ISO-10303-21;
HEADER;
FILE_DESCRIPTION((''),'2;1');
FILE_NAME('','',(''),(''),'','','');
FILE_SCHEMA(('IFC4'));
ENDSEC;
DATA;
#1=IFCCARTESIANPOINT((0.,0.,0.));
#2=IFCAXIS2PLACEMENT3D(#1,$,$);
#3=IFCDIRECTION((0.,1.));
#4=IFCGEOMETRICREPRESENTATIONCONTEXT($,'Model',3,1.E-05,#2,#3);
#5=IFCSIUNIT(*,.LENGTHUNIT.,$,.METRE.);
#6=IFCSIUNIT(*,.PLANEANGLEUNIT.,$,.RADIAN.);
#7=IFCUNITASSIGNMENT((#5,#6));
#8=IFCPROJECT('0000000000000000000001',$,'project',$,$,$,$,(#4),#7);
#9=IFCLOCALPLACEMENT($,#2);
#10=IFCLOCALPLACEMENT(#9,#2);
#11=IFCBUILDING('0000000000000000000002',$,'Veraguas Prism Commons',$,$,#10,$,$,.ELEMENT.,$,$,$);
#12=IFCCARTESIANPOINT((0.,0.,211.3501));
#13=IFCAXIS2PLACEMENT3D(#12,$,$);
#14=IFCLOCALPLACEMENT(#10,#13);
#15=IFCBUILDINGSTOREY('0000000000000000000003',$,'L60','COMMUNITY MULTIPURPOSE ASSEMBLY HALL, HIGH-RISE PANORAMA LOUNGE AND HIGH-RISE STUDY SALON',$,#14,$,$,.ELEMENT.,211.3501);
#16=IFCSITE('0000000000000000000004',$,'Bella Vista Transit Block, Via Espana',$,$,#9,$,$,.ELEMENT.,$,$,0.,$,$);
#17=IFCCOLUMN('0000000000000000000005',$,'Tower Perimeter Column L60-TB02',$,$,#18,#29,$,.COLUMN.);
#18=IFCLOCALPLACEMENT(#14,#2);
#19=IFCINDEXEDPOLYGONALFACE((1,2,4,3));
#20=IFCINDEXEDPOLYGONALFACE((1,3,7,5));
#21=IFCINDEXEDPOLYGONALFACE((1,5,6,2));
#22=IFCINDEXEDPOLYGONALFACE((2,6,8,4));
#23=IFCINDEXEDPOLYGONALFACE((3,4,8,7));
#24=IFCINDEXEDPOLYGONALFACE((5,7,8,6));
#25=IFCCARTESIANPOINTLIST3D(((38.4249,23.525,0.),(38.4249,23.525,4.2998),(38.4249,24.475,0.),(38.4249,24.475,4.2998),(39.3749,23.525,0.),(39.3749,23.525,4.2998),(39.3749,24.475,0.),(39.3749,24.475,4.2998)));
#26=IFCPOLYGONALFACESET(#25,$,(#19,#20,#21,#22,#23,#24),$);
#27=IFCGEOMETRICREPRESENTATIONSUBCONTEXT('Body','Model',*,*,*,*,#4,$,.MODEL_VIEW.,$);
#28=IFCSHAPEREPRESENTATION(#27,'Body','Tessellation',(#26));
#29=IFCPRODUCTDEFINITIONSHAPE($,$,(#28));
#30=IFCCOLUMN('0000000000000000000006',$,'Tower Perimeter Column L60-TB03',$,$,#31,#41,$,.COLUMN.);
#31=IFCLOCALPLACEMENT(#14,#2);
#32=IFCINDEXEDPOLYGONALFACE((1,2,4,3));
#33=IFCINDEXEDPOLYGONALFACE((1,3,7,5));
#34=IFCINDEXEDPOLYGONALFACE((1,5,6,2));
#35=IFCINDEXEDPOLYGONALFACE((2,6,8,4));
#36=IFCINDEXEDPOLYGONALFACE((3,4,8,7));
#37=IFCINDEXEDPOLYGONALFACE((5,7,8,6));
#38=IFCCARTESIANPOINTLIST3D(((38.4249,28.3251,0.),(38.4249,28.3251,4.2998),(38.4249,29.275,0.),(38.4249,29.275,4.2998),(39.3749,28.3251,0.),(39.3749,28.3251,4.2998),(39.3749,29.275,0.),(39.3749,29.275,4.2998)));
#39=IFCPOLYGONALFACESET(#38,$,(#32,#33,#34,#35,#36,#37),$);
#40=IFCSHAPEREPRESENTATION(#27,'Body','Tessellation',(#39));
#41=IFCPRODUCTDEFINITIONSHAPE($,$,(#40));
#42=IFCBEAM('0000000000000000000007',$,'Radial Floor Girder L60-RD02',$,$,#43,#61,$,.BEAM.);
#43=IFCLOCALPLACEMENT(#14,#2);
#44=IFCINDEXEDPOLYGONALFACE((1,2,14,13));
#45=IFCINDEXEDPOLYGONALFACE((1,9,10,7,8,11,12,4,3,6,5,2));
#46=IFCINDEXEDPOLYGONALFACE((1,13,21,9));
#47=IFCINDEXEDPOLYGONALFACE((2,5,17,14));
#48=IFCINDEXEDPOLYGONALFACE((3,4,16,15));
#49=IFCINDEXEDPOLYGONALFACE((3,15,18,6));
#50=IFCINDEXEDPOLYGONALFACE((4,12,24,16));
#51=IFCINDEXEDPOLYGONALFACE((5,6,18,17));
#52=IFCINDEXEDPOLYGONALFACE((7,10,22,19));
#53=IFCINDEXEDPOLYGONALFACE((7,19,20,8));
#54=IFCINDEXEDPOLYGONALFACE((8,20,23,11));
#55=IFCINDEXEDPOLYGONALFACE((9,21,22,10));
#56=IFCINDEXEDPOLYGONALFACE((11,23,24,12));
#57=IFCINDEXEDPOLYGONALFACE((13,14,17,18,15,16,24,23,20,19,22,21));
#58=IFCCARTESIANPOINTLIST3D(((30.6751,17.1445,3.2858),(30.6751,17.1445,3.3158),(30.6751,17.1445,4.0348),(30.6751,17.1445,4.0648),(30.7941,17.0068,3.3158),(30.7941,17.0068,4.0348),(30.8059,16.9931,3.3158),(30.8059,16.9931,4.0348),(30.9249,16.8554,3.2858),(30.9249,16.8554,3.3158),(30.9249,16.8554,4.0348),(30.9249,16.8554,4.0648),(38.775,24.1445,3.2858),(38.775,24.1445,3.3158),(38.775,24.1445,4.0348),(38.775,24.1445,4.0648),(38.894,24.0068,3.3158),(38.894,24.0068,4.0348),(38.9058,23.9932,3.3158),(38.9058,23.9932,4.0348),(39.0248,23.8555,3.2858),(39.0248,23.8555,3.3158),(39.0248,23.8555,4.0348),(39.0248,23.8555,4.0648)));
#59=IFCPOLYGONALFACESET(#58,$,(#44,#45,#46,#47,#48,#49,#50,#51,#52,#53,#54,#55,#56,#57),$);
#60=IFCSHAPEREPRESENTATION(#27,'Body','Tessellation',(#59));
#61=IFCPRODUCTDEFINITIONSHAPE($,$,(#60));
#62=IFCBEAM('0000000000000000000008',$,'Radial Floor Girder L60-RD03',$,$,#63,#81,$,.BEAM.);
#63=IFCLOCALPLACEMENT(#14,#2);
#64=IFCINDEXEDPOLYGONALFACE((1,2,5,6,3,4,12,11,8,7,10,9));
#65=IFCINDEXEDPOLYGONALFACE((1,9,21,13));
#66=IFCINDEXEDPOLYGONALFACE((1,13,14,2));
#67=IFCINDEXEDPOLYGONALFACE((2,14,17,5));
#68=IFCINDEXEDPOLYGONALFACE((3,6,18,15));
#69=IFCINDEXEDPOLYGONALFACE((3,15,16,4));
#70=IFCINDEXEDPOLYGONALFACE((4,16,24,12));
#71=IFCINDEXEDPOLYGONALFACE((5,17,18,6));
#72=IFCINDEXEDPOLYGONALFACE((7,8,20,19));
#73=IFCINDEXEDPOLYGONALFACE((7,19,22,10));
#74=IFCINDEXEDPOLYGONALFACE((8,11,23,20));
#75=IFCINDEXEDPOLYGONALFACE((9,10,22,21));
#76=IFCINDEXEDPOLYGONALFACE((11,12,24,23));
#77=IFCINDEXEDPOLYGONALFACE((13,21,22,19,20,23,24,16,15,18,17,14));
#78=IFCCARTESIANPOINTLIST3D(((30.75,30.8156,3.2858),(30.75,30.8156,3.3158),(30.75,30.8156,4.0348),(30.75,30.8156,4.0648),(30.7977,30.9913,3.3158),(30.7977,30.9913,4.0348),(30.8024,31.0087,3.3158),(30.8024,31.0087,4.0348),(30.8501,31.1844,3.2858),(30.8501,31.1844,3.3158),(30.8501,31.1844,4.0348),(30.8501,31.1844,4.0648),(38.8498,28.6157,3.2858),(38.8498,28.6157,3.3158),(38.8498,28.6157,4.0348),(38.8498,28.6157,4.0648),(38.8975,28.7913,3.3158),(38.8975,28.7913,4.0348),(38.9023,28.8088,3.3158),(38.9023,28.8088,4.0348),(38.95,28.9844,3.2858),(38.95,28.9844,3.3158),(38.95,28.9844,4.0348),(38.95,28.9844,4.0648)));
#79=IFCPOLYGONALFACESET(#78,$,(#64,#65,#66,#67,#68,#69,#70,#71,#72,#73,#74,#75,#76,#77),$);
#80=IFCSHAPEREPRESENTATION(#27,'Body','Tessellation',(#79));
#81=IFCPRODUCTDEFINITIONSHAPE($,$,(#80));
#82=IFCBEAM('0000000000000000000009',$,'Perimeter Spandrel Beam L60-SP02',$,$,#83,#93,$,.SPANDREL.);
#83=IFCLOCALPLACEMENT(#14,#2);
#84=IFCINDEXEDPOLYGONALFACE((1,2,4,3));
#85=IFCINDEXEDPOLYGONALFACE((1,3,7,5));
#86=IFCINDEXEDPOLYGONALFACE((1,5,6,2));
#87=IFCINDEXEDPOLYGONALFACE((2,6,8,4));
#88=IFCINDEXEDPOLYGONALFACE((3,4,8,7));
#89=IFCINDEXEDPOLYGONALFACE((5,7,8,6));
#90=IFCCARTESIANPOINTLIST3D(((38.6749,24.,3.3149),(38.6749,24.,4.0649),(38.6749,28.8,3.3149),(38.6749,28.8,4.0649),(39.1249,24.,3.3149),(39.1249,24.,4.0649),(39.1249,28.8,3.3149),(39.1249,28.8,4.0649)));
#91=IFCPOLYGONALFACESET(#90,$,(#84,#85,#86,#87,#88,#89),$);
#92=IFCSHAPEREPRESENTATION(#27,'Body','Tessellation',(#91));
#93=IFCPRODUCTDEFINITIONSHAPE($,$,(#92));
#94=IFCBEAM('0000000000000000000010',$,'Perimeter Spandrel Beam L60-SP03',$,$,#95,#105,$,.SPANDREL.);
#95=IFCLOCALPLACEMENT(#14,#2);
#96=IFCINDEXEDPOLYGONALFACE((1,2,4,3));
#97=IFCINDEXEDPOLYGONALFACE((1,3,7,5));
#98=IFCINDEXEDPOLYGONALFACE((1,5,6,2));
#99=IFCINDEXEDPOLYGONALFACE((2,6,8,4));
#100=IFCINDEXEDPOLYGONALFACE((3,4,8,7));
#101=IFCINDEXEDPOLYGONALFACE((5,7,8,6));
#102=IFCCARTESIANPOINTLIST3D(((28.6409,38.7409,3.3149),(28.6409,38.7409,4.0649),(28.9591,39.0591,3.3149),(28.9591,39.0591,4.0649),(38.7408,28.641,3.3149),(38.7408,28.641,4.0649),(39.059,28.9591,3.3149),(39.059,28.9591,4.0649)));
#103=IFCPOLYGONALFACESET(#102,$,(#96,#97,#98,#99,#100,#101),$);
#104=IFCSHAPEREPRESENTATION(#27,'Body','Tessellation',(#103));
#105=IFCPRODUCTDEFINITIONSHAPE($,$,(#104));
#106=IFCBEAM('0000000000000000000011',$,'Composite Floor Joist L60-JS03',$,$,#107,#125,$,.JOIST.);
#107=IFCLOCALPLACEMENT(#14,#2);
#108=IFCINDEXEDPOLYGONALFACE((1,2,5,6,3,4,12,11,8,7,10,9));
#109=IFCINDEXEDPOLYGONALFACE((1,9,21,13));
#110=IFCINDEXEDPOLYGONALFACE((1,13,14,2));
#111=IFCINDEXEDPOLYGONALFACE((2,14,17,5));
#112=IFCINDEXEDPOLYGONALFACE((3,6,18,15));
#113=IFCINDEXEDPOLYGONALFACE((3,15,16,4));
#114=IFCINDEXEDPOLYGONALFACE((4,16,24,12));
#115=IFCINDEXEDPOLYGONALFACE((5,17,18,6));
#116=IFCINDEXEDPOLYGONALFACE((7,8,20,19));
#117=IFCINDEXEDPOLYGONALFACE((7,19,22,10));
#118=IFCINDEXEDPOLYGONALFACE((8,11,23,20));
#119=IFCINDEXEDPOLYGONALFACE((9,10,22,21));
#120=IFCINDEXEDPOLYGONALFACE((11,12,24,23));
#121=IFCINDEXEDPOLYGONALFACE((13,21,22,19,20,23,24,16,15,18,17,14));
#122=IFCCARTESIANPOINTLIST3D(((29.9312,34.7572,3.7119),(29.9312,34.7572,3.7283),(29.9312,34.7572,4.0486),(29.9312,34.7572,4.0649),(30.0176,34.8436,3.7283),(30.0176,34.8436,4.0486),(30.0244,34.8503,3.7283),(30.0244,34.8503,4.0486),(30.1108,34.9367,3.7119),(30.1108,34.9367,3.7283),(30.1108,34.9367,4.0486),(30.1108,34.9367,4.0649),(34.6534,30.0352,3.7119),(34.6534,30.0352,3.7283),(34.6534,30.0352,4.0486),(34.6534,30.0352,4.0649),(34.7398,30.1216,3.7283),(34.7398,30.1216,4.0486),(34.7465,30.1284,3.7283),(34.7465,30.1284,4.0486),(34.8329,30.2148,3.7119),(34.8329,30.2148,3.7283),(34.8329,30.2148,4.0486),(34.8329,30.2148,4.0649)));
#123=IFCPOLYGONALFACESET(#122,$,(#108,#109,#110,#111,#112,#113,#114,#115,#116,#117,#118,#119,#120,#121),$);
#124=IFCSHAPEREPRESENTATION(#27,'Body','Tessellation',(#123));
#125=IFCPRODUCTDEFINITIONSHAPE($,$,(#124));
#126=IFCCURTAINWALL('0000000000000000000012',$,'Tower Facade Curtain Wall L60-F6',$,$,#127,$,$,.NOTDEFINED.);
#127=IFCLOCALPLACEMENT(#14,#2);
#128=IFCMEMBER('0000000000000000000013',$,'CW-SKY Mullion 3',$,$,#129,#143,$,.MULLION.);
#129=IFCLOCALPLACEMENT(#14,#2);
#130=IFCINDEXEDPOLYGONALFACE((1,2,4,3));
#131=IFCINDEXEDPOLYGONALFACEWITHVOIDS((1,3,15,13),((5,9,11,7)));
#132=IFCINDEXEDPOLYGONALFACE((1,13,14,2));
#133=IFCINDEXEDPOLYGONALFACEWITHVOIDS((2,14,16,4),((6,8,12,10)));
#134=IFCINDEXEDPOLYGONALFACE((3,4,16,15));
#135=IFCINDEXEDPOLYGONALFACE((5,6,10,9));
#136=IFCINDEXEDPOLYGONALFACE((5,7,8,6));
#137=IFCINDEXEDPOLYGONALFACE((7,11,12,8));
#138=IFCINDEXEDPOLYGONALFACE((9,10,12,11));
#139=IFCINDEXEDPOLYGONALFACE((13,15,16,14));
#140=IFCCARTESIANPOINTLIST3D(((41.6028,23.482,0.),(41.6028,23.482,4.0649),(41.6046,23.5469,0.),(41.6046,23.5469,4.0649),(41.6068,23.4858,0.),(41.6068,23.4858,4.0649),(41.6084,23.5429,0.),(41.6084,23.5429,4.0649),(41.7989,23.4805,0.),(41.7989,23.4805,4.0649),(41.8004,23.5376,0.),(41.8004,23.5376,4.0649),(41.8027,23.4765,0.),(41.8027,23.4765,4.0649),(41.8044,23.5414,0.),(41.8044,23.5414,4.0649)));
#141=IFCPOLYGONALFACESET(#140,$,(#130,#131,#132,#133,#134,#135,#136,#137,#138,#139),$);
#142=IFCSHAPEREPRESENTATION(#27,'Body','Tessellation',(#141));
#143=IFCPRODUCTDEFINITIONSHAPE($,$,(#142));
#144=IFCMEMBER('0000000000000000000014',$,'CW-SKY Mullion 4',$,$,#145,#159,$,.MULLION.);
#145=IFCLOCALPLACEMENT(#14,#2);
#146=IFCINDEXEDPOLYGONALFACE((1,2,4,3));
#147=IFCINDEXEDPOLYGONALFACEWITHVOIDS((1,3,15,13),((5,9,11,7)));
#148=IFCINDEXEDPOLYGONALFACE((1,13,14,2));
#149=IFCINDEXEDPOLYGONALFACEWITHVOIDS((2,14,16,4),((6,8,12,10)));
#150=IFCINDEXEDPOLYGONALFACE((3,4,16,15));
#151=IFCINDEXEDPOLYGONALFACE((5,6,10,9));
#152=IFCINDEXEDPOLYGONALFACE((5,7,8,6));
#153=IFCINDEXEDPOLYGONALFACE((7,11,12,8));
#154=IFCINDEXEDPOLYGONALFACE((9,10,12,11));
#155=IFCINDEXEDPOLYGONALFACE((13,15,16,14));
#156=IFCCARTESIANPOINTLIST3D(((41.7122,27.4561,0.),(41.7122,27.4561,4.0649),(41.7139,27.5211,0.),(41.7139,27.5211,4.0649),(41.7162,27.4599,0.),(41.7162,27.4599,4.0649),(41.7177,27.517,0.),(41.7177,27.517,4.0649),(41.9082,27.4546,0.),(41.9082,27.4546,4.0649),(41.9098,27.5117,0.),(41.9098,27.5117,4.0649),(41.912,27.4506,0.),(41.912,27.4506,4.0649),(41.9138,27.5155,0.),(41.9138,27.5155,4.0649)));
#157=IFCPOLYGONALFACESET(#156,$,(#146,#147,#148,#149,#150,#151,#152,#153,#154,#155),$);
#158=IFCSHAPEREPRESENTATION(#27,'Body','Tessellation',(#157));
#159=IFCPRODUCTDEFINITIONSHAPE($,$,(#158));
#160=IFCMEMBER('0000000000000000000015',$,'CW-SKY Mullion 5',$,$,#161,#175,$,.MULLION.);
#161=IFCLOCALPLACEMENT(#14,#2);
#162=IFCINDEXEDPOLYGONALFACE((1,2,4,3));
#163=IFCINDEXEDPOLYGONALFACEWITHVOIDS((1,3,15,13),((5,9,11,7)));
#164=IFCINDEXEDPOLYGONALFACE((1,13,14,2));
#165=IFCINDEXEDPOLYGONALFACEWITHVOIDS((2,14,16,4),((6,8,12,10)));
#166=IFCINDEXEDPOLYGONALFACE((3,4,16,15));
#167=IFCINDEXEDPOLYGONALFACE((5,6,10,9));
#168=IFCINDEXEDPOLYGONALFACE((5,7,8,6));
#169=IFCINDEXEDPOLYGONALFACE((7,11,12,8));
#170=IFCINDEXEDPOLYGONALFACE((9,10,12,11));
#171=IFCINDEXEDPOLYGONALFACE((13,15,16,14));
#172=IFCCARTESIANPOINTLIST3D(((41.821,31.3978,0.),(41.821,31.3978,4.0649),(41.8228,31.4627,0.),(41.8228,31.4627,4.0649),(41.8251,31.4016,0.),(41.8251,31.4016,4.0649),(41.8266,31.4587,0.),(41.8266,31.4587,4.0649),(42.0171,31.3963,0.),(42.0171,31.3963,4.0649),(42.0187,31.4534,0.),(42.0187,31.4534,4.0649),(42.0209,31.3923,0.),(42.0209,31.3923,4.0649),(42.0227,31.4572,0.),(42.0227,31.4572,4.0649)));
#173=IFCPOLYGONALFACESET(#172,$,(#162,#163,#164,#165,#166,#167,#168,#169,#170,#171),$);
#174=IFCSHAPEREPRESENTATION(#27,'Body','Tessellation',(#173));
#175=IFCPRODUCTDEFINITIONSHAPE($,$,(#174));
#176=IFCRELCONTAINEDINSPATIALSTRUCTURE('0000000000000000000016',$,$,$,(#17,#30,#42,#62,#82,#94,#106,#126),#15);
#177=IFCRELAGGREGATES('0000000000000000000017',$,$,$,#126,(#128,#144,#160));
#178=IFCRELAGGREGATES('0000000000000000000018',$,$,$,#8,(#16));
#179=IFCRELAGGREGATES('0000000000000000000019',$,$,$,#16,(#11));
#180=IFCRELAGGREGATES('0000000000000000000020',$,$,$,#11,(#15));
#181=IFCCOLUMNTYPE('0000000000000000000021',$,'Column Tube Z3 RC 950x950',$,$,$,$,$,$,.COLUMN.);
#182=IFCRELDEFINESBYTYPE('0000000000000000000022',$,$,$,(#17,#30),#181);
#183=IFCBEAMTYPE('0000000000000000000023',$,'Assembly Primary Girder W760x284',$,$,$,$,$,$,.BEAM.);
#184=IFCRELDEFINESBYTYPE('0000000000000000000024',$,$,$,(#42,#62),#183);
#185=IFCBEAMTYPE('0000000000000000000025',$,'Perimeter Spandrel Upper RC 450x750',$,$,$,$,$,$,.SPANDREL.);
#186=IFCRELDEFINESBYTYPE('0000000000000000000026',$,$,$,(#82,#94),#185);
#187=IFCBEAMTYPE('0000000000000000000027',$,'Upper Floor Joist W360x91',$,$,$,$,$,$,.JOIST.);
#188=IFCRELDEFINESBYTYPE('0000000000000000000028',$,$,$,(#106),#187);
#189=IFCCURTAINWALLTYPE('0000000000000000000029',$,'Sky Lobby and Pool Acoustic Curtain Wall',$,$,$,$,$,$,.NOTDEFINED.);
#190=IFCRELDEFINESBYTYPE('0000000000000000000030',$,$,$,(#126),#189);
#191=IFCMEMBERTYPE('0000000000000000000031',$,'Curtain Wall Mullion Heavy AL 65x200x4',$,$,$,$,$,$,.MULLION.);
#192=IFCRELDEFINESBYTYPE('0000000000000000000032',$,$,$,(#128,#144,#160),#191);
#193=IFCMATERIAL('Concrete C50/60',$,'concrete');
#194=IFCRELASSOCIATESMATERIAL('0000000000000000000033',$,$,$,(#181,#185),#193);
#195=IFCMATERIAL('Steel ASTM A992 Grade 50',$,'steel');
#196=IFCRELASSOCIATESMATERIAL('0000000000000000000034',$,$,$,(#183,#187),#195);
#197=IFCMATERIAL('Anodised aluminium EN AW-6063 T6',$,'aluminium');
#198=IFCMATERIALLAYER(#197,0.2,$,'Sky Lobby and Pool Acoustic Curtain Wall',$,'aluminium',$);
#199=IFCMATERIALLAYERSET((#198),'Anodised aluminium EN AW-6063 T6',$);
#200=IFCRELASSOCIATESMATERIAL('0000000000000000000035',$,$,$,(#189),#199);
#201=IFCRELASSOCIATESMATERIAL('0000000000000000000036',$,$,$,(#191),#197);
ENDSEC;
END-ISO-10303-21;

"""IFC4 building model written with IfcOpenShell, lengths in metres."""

from ifc_helpers import new_model, si_unit, direction, frame, origin, origin_2d, place, context, subcontext, project, spatial, rectangle, hollow_rectangle, i_section, extrude, source, transform, mapped, material, layer, layer_set, material_profile, profile_set, type_object, element, aggregate, save


model = new_model("IFC4")

# Units and contexts
model_context = context("Model", 3, precision=1e-05, world=origin(), true_north=direction((0.0, 1.0)))
body_context = subcontext(model_context, "Body", "Model", "MODEL_VIEW")
ifc_project = project(units=[si_unit("LENGTHUNIT", "METRE"), si_unit("PLANEANGLEUNIT", "RADIAN")], contexts=[model_context])

# Site, building, storey
site_placement = place(None, origin())
site = spatial("IfcSite", under=ifc_project, at=site_placement, Name="Bella Vista Transit Block, Via Espana", CompositionType="ELEMENT", RefElevation=0.0)
building_placement = place(site_placement, origin())
building = spatial("IfcBuilding", under=site, at=building_placement, Name="Veraguas Prism Commons", CompositionType="ELEMENT")
storey_placement = place(building_placement, frame((0.0, 0.0, 211.3501)))
storey = spatial("IfcBuildingStorey", under=building, at=storey_placement, Name="L60", Description="COMMUNITY MULTIPURPOSE ASSEMBLY HALL, HIGH-RISE PANORAMA LOUNGE AND HIGH-RISE STUDY SALON", CompositionType="ELEMENT", Elevation=211.3501)

# Columns
ifc_material_1 = material(Name="Concrete C50/60", Category="concrete")
ifc_material_profile_1 = material_profile(ifc_material_1, rectangle(XDim=0.95, YDim=0.95, at=origin_2d()), Name="RC950X950")
ifc_profile_set_1 = profile_set([ifc_material_profile_1], Name="Concrete C50/60")
column_type = type_object("IfcColumnType", Name="Column Tube Z3 RC 950x950", PredefinedType="COLUMN", material=ifc_profile_set_1)
for number, where, z_axis, x_axis, name in (
    (1, (38.8999, 24.0, 0.0), (0.0, 0.0, 1.0), (1.0, 0.0, 0.0), "Tower Perimeter Column L60-TB02"),
    (2, (38.8999, 28.8, 0.0), (0.0, 0.0, 1.0), (1.0, 0.0, 0.0), "Tower Perimeter Column L60-TB03"),
):
    element("IfcColumn", number, at=place(storey_placement, frame(where, z_axis=z_axis, x_axis=x_axis)), inside=storey, type_object=column_type, Name=name, PredefinedType="COLUMN", context=body_context, shape_type="SweptSolid", body=[
        extrude(rectangle(XDim=0.95, YDim=0.95, at=origin_2d()), origin(), (0.0, 0.0, 1.0), 4.2998),
    ])

# Beams
ifc_material_2 = material(Name="Steel ASTM A992 Grade 50", Category="steel")
ifc_material_profile_2 = material_profile(ifc_material_2, i_section(OverallWidth=0.3821, OverallDepth=0.7791, WebThickness=0.0181, FlangeThickness=0.03, at=origin_2d()), Name="W760X284")
ifc_profile_set_2 = profile_set([ifc_material_profile_2], Name="Steel ASTM A992 Grade 50")
beam_type_1 = type_object("IfcBeamType", Name="Assembly Primary Girder W760x284", PredefinedType="BEAM", material=ifc_profile_set_2)
beam_1_placement = place(storey_placement, frame((38.8999, 24.0, 3.6753), z_axis=(-0.756607, -0.65387, 0.0), x_axis=(0.65387, -0.756607, 0.0)))
element("IfcBeam", 3, at=beam_1_placement, inside=storey, type_object=beam_type_1, Name="Radial Floor Girder L60-RD02", PredefinedType="BEAM", context=body_context, shape_type="SweptSolid", body=[
    extrude(i_section(OverallWidth=0.3821, OverallDepth=0.7791, WebThickness=0.0181, FlangeThickness=0.03, at=origin_2d()), origin(), (0.0, 0.0, 1.0), 10.7056),
])
beam_2_placement = place(storey_placement, frame((38.8999, 28.8, 3.6753), z_axis=(-0.965039, 0.262108, 0.0), x_axis=(-0.262108, -0.965039, 0.0)))
element("IfcBeam", 4, at=beam_2_placement, inside=storey, type_object=beam_type_1, Name="Radial Floor Girder L60-RD03", PredefinedType="BEAM", context=body_context, shape_type="SweptSolid", body=[
    extrude(i_section(OverallWidth=0.3821, OverallDepth=0.7791, WebThickness=0.0181, FlangeThickness=0.03, at=origin_2d()), origin(), (0.0, 0.0, 1.0), 8.3933),
])
ifc_material_profile_3 = material_profile(ifc_material_1, rectangle(XDim=0.45, YDim=0.75, at=origin_2d()), Name="RC450X750")
ifc_profile_set_3 = profile_set([ifc_material_profile_3], Name="Concrete C50/60")
beam_type_2 = type_object("IfcBeamType", Name="Perimeter Spandrel Upper RC 450x750", PredefinedType="SPANDREL", material=ifc_profile_set_3)
beam_3_placement = place(storey_placement, frame((38.8999, 24.0, 3.6899), z_axis=(0.0, 1.0, 0.0), x_axis=(-1.0, 0.0, 0.0)))
element("IfcBeam", 5, at=beam_3_placement, inside=storey, type_object=beam_type_2, Name="Perimeter Spandrel Beam L60-SP02", PredefinedType="SPANDREL", context=body_context, shape_type="SweptSolid", body=[
    extrude(rectangle(XDim=0.45, YDim=0.75, at=origin_2d()), origin(), (0.0, 0.0, 1.0), 4.8),
])
beam_4_placement = place(storey_placement, frame((38.8999, 28.8, 3.6899), z_axis=(-0.707107, 0.707107, 0.0), x_axis=(-0.707107, -0.707107, 0.0)))
element("IfcBeam", 6, at=beam_4_placement, inside=storey, type_object=beam_type_2, Name="Perimeter Spandrel Beam L60-SP03", PredefinedType="SPANDREL", context=body_context, shape_type="SweptSolid", body=[
    extrude(rectangle(XDim=0.45, YDim=0.75, at=origin_2d()), origin(), (0.0, 0.0, 1.0), 14.2834),
])
ifc_material_profile_4 = material_profile(ifc_material_2, i_section(OverallWidth=0.2539, OverallDepth=0.353, WebThickness=0.0095, FlangeThickness=0.0164, at=origin_2d()), Name="W360X91")
ifc_profile_set_4 = profile_set([ifc_material_profile_4], Name="Steel ASTM A992 Grade 50")
beam_type_3 = type_object("IfcBeamType", Name="Upper Floor Joist W360x91", PredefinedType="JOIST", material=ifc_profile_set_4)
beam_5_placement = place(storey_placement, frame((34.7432, 30.125, 3.8884), z_axis=(-0.707125, 0.707089, 0.0), x_axis=(-0.707089, -0.707125, 0.0)))
element("IfcBeam", 7, at=beam_5_placement, inside=storey, type_object=beam_type_3, Name="Composite Floor Joist L60-JS03", PredefinedType="JOIST", context=body_context, shape_type="SweptSolid", body=[
    extrude(i_section(OverallWidth=0.2539, OverallDepth=0.353, WebThickness=0.0095, FlangeThickness=0.0164, at=origin_2d()), origin(), (0.0, 0.0, 1.0), 6.678),
])

# Curtain wall, members
ifc_material_3 = material(Name="Anodised aluminium EN AW-6063 T6", Category="aluminium")
ifc_layer_1 = layer(ifc_material_3, 0.2, Name="Sky Lobby and Pool Acoustic Curtain Wall", Category="aluminium")
ifc_layer_set_1 = layer_set([ifc_layer_1], Name="Anodised aluminium EN AW-6063 T6")
curtain_wall_type = type_object("IfcCurtainWallType", Name="Sky Lobby and Pool Acoustic Curtain Wall", PredefinedType="NOTDEFINED", material=ifc_layer_set_1)
curtain_wall_placement = place(storey_placement, origin())
curtain_wall = element("IfcCurtainWall", 8, at=curtain_wall_placement, inside=storey, type_object=curtain_wall_type, Name="Tower Facade Curtain Wall L60-F6", PredefinedType="NOTDEFINED")
ifc_material_profile_5 = material_profile(ifc_material_3, hollow_rectangle(XDim=0.0649, YDim=0.2, WallThickness=0.0039, at=origin_2d()), Name="AL65X200X4")
ifc_profile_set_5 = profile_set([ifc_material_profile_5], Name="Anodised aluminium EN AW-6063 T6")
member_type = type_object("IfcMemberType", Name="Curtain Wall Mullion Heavy AL 65x200x4", PredefinedType="MULLION", material=ifc_profile_set_5)
shared_shape_1 = source(origin(), body_context, "Body", "SweptSolid", [
    extrude(hollow_rectangle(XDim=0.0649, YDim=0.2, WallThickness=0.0039, at=origin_2d()), origin(), (0.0, 0.0, 1.0), 4.0649),
])
member_1_placement = place(storey_placement, frame((41.7036, 23.5117, 0.0), z_axis=(0.0, 0.0, 1.0), x_axis=(0.027567, 0.99962, 0.0)))
member_1 = element("IfcMember", 9, at=member_1_placement, type_object=member_type, Name="CW-SKY Mullion 3", PredefinedType="MULLION", context=body_context, shape_type="MappedRepresentation", body=[
    mapped(shared_shape_1, transform((0.0, 0.0, 0.0), scale=1.0)),
])
member_2_placement = place(storey_placement, frame((41.813, 27.4858, 0.0), z_axis=(0.0, 0.0, 1.0), x_axis=(0.027567, 0.99962, 0.0)))
member_2 = element("IfcMember", 10, at=member_2_placement, type_object=member_type, Name="CW-SKY Mullion 4", PredefinedType="MULLION", context=body_context, shape_type="MappedRepresentation", body=[
    mapped(shared_shape_1, transform((0.0, 0.0, 0.0), scale=1.0)),
])
member_3_placement = place(storey_placement, frame((41.9219, 31.4275, 0.0), z_axis=(0.0, 0.0, 1.0), x_axis=(0.027567, 0.99962, 0.0)))
member_3 = element("IfcMember", 11, at=member_3_placement, type_object=member_type, Name="CW-SKY Mullion 5", PredefinedType="MULLION", context=body_context, shape_type="MappedRepresentation", body=[
    mapped(shared_shape_1, transform((0.0, 0.0, 0.0), scale=1.0)),
])
aggregate(curtain_wall, [member_1, member_2, member_3])

save(model, "model.ifc")
